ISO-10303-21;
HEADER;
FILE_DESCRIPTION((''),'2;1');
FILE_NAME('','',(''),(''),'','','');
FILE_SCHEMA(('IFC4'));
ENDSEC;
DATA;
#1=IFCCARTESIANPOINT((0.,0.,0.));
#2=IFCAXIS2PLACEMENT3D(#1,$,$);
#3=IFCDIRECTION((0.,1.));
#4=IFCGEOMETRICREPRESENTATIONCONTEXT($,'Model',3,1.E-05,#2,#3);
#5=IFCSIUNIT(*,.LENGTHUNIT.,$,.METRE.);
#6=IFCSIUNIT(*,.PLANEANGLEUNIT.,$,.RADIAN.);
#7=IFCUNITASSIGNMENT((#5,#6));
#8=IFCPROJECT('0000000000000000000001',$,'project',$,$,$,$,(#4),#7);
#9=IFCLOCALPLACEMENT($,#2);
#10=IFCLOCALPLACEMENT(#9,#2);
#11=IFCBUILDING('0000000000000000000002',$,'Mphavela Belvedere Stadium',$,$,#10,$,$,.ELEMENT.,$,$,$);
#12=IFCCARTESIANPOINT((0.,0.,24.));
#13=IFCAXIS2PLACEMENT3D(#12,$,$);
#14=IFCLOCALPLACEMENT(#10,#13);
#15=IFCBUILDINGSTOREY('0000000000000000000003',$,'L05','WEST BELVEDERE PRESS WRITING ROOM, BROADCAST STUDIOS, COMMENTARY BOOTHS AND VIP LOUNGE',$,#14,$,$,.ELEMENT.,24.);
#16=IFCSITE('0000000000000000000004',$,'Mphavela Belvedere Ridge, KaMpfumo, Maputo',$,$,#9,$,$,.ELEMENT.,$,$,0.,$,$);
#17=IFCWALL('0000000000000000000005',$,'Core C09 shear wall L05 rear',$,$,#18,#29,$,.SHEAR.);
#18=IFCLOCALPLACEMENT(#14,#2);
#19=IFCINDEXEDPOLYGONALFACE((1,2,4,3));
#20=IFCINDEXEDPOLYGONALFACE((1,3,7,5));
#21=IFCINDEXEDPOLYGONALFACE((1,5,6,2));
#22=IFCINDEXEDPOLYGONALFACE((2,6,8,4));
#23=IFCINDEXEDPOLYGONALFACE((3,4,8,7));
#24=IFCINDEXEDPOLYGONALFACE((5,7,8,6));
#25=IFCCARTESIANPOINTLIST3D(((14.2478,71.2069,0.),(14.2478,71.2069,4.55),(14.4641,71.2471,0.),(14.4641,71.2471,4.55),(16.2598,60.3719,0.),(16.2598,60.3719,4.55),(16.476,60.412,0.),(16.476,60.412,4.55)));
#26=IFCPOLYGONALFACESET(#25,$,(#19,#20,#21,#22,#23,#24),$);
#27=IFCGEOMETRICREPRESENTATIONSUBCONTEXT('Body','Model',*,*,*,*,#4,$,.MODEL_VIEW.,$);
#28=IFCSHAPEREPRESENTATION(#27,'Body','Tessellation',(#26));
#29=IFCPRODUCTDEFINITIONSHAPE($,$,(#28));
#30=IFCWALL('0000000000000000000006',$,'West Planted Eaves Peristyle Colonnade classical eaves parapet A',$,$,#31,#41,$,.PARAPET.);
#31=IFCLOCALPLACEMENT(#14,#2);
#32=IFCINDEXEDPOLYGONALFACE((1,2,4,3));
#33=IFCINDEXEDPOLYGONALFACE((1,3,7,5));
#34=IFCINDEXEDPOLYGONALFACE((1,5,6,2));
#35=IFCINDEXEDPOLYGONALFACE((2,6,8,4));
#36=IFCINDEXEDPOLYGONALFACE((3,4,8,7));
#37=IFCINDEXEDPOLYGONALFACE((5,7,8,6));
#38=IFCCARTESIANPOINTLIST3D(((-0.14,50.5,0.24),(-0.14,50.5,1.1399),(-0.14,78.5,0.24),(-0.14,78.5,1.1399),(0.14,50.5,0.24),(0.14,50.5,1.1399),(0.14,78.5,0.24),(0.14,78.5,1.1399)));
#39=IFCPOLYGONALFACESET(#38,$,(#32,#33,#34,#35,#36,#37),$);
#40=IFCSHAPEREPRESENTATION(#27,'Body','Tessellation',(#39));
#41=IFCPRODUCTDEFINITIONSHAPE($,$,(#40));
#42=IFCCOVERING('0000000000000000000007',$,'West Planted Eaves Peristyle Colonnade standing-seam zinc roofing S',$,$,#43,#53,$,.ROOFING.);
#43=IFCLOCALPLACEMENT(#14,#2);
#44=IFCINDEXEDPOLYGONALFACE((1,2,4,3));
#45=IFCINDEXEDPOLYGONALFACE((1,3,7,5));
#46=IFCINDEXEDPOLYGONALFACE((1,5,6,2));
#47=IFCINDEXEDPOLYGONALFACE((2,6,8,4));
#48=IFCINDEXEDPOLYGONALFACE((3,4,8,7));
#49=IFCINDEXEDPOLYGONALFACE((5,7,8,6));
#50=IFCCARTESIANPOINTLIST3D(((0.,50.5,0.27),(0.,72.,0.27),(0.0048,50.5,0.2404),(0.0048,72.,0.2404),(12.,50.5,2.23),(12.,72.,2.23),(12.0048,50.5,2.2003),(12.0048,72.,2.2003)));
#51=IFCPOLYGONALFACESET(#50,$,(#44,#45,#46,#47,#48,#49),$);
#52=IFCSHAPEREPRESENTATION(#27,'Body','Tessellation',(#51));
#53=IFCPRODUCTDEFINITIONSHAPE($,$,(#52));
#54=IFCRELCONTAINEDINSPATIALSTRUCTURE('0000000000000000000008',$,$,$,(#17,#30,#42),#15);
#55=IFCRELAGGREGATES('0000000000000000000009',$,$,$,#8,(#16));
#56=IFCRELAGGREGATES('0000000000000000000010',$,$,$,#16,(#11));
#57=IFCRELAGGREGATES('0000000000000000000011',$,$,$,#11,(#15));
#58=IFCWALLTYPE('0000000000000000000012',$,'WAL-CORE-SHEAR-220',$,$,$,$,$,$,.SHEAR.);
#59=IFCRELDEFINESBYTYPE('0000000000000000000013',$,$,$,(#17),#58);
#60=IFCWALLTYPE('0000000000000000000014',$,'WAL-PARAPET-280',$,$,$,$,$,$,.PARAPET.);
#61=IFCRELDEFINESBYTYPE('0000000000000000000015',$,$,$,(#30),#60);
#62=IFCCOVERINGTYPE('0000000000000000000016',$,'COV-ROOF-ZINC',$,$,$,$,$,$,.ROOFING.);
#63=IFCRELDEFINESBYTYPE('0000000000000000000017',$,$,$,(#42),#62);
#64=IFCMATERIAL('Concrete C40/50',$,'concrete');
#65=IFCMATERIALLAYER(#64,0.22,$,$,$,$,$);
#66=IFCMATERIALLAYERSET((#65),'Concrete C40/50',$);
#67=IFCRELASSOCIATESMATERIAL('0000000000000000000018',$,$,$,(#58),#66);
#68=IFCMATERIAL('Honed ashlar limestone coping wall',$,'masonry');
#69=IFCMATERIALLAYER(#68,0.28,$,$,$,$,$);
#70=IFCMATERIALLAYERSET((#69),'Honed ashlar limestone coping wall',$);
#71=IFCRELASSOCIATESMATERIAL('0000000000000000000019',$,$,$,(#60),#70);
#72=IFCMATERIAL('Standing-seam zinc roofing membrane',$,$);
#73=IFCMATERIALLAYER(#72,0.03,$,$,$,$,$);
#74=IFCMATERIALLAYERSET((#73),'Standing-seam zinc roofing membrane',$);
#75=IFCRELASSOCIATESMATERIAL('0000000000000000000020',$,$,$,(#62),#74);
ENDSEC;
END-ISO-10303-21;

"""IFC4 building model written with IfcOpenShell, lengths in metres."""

from ifc_helpers import new_model, si_unit, direction, frame, frame_2d, origin, place, context, subcontext, project, spatial, polyline, rectangle, outline, extrude, material, layer, layer_set, type_object, element, save


model = new_model("IFC4")

# Units and contexts
model_context = context("Model", 3, precision=1e-05, world=origin(), true_north=direction((0.0, 1.0)))
body_context = subcontext(model_context, "Body", "Model", "MODEL_VIEW")
ifc_project = project(units=[si_unit("LENGTHUNIT", "METRE"), si_unit("PLANEANGLEUNIT", "RADIAN")], contexts=[model_context])

# Site, building, storey
site_placement = place(None, origin())
site = spatial("IfcSite", under=ifc_project, at=site_placement, Name="Mphavela Belvedere Ridge, KaMpfumo, Maputo", CompositionType="ELEMENT", RefElevation=0.0)
building_placement = place(site_placement, origin())
building = spatial("IfcBuilding", under=site, at=building_placement, Name="Mphavela Belvedere Stadium", CompositionType="ELEMENT")
storey_placement = place(building_placement, frame((0.0, 0.0, 24.0)))
storey = spatial("IfcBuildingStorey", under=building, at=storey_placement, Name="L05", Description="WEST BELVEDERE PRESS WRITING ROOM, BROADCAST STUDIOS, COMMENTARY BOOTHS AND VIP LOUNGE", CompositionType="ELEMENT", Elevation=24.0)

# Walls
ifc_material_1 = material(Name="Concrete C40/50", Category="concrete")
ifc_layer_1 = layer(ifc_material_1, 0.22)
ifc_layer_set_1 = layer_set([ifc_layer_1], Name="Concrete C40/50")
wall_type_1 = type_object("IfcWallType", Name="WAL-CORE-SHEAR-220", PredefinedType="SHEAR", material=ifc_layer_set_1)
wall_1_placement = place(storey_placement, frame((16.3679, 60.3918, 0.0), z_axis=(0.0, 0.0, 1.0), x_axis=(-0.182571, 0.983193, 0.0)))
element("IfcWall", 1, at=wall_1_placement, inside=storey, type_object=wall_type_1, Name="Core C09 shear wall L05 rear", PredefinedType="SHEAR", context=body_context, shape_type="SweptSolid", body=[
    extrude(rectangle(XDim=11.0203, YDim=0.22, at=frame_2d((5.5103, 0.0))), origin(), (0.0, 0.0, 1.0), 4.55),
])
ifc_material_2 = material(Name="Honed ashlar limestone coping wall", Category="masonry")
ifc_layer_2 = layer(ifc_material_2, 0.28)
ifc_layer_set_2 = layer_set([ifc_layer_2], Name="Honed ashlar limestone coping wall")
wall_type_2 = type_object("IfcWallType", Name="WAL-PARAPET-280", PredefinedType="PARAPET", material=ifc_layer_set_2)
wall_2_placement = place(storey_placement, frame((0.0, 50.5, 0.24), z_axis=(0.0, 0.0, 1.0), x_axis=(0.0, 1.0, 0.0)))
element("IfcWall", 2, at=wall_2_placement, inside=storey, type_object=wall_type_2, Name="West Planted Eaves Peristyle Colonnade classical eaves parapet A", PredefinedType="PARAPET", context=body_context, shape_type="SweptSolid", body=[
    extrude(rectangle(XDim=28.0, YDim=0.28, at=frame_2d((14.0, 0.0))), origin(), (0.0, 0.0, 1.0), 0.8999),
])

# Covering
ifc_material_3 = material(Name="Standing-seam zinc roofing membrane")
ifc_layer_3 = layer(ifc_material_3, 0.03)
ifc_layer_set_3 = layer_set([ifc_layer_3], Name="Standing-seam zinc roofing membrane")
covering_type = type_object("IfcCoveringType", Name="COV-ROOF-ZINC", PredefinedType="ROOFING", material=ifc_layer_set_3)
covering_placement = place(storey_placement, frame((0.0, 50.5, 0.27), z_axis=(-0.161194, 0.0, 0.986923), x_axis=(0.986923, 0.0, 0.161194)))
element("IfcCovering", 3, at=covering_placement, inside=storey, type_object=covering_type, Name="West Planted Eaves Peristyle Colonnade standing-seam zinc roofing S", PredefinedType="ROOFING", context=body_context, shape_type="SweptSolid", body=[
    extrude(outline(polyline([(0.0, 0.0), (12.159, 0.0), (12.159, 21.5), (0.0, 21.5), (0.0, 0.0)])), origin(), (0.0, 0.0, -1.0), 0.03),
])

save(model, "model.ifc")
